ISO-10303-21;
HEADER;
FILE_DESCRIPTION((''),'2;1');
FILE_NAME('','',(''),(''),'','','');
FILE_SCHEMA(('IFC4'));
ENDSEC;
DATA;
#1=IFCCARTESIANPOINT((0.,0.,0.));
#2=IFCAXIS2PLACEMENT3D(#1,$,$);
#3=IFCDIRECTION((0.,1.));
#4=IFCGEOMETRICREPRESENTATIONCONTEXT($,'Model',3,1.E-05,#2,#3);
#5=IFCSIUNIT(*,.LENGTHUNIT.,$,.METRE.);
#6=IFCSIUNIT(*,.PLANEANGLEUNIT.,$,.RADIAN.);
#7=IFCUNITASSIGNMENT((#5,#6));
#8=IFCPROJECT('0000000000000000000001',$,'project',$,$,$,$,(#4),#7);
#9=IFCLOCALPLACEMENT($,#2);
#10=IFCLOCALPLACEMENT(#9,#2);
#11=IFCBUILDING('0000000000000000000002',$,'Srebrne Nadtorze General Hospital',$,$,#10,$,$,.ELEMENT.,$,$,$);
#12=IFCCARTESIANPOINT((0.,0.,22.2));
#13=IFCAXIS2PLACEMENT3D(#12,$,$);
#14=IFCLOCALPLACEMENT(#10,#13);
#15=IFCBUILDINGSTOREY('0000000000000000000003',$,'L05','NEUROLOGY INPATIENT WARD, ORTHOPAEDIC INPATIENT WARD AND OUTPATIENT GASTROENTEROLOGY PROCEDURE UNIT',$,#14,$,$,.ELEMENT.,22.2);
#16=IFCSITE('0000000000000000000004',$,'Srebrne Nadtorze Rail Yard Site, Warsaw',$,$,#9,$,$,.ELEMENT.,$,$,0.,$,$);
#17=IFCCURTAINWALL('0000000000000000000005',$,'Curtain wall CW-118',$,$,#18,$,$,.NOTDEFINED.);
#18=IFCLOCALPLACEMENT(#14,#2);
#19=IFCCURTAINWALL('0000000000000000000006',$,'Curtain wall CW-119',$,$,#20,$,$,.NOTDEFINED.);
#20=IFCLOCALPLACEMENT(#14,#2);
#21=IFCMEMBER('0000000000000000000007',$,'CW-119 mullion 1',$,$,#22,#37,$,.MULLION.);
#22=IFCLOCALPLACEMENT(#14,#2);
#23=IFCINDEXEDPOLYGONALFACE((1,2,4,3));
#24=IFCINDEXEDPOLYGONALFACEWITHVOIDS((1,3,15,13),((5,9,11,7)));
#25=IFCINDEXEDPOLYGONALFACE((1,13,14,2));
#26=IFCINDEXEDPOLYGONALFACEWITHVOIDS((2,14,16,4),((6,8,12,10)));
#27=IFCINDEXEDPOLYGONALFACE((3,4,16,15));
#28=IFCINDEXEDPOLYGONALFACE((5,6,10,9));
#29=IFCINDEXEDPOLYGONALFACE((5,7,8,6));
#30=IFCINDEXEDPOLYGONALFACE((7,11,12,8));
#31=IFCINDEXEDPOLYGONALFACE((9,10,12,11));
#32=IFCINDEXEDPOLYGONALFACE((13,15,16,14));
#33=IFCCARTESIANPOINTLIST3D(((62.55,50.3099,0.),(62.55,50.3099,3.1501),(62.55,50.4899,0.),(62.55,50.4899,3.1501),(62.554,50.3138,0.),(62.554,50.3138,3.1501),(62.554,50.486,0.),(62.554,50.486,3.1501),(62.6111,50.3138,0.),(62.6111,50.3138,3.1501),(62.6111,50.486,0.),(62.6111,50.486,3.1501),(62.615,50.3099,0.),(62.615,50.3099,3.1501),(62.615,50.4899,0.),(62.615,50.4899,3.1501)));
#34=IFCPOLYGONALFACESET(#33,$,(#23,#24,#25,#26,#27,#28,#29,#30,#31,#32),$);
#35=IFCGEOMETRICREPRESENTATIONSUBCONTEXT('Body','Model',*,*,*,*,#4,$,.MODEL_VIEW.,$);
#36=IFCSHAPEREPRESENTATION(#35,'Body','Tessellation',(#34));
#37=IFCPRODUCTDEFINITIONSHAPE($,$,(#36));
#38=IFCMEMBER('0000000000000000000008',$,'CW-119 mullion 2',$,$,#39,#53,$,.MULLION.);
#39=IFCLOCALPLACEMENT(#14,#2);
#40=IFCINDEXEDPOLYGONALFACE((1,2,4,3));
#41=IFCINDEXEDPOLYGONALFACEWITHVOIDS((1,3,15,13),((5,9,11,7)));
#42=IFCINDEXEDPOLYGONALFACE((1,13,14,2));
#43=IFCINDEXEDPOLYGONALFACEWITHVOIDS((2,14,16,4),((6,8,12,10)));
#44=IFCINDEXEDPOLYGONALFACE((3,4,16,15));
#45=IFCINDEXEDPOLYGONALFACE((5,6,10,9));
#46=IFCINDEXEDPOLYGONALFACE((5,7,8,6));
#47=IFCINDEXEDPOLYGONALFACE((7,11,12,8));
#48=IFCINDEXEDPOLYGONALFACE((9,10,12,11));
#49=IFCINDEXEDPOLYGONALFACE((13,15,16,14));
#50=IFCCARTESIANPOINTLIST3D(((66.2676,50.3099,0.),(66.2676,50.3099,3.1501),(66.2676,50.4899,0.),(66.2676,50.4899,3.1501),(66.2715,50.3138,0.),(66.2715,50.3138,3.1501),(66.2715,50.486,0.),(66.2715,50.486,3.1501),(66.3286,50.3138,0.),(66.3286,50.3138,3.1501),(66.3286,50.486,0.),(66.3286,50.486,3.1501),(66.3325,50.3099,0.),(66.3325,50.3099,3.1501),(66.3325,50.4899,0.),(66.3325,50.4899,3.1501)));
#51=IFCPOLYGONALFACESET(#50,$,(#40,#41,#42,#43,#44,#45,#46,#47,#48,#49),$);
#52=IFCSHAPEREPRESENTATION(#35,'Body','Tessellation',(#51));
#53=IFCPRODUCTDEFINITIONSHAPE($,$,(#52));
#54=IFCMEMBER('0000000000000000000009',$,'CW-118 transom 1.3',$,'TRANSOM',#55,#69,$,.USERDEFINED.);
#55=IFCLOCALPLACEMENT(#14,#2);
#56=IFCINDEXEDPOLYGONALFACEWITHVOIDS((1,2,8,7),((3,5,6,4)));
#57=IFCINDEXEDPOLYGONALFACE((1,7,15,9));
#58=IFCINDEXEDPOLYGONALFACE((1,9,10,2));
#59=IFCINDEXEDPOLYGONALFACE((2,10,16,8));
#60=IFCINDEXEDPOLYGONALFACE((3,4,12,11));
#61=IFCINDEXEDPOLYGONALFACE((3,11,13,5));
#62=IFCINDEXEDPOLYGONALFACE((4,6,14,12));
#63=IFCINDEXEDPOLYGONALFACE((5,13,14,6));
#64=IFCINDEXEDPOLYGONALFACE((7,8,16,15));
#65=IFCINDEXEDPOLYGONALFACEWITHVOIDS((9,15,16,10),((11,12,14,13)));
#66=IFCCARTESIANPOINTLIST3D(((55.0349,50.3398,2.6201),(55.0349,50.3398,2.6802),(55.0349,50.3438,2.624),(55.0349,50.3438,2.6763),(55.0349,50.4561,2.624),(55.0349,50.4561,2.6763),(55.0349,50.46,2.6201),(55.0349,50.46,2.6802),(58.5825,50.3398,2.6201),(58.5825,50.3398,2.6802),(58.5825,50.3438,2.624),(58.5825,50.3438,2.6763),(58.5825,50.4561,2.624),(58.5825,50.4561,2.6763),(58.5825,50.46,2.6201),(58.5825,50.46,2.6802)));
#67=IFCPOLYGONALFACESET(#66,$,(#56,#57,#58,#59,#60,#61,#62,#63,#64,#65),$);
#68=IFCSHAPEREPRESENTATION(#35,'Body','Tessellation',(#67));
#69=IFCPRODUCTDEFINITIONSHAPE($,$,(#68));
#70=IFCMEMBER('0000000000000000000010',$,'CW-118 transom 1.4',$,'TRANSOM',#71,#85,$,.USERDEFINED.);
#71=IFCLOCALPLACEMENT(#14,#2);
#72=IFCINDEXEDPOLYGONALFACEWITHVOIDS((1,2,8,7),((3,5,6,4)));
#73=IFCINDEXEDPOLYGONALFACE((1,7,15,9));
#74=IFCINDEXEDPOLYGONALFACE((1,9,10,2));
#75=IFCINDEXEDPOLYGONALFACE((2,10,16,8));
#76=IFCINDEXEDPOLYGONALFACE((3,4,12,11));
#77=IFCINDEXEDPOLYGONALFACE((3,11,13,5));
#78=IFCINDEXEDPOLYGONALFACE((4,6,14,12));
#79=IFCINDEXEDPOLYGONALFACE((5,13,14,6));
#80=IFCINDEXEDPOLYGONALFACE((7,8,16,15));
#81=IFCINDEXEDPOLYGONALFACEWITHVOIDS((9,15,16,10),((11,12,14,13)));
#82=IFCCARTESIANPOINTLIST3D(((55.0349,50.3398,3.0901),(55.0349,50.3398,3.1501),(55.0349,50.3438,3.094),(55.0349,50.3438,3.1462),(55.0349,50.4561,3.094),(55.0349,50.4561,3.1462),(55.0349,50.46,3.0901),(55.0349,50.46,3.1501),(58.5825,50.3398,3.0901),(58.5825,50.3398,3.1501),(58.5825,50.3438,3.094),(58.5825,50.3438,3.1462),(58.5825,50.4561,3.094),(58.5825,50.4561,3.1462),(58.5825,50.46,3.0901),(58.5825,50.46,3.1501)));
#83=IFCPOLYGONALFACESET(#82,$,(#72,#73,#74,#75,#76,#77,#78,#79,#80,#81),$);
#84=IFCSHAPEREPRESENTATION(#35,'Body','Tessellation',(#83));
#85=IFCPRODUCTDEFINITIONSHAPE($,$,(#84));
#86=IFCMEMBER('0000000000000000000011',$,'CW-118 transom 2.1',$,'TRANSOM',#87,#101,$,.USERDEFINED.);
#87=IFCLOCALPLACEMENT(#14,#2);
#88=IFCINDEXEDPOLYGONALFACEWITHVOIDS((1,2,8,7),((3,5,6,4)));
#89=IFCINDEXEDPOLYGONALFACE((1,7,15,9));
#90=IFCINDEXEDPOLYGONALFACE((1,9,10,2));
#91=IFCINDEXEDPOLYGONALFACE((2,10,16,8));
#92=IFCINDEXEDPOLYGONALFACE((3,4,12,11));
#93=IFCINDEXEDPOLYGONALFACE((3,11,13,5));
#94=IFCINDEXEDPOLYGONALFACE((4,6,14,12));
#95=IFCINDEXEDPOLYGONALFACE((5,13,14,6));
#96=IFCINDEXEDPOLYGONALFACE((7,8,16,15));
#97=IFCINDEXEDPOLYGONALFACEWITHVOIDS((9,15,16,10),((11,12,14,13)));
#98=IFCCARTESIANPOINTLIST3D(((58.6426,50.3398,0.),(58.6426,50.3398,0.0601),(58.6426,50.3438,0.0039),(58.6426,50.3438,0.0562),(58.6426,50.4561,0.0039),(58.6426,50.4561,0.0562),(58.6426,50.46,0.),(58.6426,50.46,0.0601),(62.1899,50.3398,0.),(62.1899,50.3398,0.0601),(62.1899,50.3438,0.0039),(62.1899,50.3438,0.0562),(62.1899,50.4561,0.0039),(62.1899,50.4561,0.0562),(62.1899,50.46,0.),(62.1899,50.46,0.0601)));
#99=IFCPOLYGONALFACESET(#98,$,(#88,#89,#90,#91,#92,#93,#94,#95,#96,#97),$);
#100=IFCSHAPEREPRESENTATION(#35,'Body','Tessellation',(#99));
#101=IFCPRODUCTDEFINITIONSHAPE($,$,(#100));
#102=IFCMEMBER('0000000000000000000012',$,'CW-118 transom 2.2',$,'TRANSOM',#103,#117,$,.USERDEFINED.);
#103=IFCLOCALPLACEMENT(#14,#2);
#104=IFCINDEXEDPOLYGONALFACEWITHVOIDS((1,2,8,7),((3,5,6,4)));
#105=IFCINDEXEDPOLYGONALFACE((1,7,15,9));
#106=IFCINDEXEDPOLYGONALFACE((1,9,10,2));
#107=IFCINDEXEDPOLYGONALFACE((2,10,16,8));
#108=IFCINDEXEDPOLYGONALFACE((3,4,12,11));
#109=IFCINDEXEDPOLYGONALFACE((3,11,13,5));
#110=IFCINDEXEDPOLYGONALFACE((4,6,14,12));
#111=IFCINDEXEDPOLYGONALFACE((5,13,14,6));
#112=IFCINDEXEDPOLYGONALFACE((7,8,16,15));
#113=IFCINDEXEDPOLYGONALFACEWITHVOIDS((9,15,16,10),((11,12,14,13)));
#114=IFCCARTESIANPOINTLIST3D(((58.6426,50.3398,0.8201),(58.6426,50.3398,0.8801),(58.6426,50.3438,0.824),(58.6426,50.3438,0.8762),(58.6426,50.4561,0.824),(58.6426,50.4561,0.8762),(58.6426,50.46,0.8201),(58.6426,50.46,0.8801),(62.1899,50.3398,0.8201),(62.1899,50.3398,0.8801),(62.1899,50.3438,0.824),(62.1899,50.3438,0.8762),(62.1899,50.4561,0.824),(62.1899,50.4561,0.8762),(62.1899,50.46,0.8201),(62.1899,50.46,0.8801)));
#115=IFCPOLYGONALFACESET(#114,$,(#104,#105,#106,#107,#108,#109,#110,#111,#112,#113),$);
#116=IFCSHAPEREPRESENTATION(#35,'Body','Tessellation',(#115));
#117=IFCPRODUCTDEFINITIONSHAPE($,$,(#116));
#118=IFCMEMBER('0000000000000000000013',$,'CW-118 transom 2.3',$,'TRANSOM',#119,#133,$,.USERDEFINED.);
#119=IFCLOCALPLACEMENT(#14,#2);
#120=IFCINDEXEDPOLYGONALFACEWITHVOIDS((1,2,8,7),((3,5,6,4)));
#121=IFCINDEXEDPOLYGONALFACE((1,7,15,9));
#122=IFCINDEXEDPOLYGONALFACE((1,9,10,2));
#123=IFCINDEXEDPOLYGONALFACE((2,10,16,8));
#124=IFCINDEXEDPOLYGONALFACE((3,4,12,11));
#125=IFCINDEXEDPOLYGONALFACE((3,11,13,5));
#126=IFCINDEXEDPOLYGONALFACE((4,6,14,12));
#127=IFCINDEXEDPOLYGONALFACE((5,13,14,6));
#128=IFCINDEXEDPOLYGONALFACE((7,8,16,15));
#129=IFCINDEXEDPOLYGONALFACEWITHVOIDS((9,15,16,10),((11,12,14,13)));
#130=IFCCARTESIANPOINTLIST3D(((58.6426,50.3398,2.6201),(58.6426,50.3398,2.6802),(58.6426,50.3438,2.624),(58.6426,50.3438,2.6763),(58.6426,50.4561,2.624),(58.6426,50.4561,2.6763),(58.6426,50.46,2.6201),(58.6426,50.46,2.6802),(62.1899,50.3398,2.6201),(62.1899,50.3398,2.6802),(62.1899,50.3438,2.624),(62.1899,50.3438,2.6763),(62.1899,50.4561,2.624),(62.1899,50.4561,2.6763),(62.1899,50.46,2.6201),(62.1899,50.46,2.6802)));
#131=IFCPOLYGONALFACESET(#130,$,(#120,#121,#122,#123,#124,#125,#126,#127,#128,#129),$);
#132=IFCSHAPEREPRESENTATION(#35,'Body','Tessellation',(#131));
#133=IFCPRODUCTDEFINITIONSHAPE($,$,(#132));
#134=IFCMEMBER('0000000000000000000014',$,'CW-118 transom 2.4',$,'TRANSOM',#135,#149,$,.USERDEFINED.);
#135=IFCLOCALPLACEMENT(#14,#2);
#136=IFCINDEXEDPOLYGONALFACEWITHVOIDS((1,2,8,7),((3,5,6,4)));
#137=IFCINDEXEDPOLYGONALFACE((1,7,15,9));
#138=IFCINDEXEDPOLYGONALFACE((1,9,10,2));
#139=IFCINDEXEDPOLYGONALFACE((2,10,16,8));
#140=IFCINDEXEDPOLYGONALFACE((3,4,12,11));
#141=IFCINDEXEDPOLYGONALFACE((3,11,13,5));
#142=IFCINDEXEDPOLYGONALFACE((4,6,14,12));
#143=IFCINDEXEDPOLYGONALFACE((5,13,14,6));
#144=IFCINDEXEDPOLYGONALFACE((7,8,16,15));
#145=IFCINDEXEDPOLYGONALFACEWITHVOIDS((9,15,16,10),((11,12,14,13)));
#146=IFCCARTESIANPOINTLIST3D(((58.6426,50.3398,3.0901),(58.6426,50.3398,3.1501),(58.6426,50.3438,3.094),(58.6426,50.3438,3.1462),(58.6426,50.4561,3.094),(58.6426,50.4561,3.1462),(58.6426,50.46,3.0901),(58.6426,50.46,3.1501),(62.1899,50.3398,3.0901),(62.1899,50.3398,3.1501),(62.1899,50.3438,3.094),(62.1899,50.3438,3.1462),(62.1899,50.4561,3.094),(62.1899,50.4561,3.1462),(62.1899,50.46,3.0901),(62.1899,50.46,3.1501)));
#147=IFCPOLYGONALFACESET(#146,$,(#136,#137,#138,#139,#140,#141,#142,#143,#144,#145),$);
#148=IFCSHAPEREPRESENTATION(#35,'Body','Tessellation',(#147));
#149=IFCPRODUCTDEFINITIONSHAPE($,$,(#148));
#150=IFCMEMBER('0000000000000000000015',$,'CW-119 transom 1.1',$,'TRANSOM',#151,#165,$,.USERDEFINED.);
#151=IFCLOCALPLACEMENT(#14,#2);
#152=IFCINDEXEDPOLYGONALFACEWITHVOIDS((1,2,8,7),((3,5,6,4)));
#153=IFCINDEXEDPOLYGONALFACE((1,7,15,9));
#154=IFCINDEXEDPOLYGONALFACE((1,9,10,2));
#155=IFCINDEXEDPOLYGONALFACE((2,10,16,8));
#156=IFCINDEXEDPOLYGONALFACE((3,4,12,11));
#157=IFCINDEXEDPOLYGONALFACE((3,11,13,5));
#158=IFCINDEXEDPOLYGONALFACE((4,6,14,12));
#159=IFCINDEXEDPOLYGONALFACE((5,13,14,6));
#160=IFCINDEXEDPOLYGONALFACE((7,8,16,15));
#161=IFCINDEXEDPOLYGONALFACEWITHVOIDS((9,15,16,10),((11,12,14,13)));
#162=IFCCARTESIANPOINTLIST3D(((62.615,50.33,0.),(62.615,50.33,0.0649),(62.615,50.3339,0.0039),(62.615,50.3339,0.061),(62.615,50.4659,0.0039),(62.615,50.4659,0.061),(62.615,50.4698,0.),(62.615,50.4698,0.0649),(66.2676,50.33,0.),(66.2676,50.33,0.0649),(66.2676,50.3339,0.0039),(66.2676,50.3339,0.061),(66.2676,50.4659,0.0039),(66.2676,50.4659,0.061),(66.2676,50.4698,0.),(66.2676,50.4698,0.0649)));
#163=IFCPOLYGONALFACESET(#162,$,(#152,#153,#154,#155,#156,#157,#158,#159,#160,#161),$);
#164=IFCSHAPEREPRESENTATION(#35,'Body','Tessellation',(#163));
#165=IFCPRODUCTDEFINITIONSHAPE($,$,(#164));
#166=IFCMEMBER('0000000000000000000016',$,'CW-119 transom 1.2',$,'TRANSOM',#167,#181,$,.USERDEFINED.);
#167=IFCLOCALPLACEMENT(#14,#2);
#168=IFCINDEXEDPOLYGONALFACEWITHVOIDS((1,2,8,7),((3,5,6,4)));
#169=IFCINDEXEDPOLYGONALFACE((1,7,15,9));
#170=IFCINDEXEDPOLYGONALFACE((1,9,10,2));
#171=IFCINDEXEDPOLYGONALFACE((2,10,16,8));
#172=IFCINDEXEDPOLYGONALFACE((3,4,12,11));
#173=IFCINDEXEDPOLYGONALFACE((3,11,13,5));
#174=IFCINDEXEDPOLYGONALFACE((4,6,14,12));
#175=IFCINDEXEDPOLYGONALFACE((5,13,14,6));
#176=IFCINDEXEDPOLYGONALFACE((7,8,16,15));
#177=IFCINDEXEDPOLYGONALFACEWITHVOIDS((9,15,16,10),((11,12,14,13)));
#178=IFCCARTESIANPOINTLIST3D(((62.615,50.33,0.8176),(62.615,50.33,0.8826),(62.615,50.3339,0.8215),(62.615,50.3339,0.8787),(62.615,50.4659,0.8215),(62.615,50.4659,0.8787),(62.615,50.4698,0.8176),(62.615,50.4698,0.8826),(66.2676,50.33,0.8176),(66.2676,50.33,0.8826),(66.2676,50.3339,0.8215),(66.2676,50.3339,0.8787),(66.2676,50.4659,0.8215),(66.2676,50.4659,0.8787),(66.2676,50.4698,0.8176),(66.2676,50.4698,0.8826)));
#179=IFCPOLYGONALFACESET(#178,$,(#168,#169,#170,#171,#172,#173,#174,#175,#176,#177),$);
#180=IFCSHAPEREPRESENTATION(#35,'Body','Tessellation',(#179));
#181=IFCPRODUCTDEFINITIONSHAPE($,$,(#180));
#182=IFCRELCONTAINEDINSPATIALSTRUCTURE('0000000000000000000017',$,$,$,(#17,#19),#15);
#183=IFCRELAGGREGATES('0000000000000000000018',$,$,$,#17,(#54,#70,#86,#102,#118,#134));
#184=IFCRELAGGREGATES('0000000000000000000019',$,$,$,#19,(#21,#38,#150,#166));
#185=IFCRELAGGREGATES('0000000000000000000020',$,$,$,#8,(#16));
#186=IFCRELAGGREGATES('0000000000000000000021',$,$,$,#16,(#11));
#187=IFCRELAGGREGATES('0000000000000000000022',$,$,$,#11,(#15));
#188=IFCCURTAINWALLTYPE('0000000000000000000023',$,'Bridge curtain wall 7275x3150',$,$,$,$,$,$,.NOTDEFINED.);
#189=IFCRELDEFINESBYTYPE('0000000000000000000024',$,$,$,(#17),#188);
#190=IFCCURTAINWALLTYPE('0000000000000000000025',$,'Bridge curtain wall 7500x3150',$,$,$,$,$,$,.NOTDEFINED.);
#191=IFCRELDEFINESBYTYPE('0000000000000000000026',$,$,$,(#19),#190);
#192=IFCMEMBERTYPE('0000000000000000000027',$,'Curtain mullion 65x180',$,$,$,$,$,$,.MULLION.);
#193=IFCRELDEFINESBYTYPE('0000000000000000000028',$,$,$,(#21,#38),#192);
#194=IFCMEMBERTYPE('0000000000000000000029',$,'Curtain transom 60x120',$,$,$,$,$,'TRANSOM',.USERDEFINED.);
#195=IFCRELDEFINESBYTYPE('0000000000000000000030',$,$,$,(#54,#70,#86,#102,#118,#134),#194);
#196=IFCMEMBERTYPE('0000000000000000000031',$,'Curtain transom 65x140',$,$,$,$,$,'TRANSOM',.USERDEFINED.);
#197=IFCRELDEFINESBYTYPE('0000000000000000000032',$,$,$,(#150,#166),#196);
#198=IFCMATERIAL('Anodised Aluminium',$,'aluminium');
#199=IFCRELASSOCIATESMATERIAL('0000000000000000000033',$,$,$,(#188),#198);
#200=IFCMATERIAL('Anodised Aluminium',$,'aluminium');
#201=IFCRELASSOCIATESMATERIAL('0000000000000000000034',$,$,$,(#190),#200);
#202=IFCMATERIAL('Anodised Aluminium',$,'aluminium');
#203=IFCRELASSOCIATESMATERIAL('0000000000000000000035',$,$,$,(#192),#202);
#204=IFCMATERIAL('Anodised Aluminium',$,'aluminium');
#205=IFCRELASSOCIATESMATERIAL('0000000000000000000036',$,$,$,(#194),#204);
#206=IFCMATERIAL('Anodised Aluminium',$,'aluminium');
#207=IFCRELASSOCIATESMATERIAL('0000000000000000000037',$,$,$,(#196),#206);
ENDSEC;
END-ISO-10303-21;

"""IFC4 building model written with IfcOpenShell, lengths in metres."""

from ifc_helpers import new_model, si_unit, direction, frame, origin, origin_2d, place, context, subcontext, project, spatial, hollow_rectangle, extrude, material, material_profile, profile_set, type_object, element, aggregate, save


model = new_model("IFC4")

# Units and contexts
model_context = context("Model", 3, precision=1e-05, world=origin(), true_north=direction((0.0, 1.0)))
body_context = subcontext(model_context, "Body", "Model", "MODEL_VIEW")
ifc_project = project(units=[si_unit("LENGTHUNIT", "METRE"), si_unit("PLANEANGLEUNIT", "RADIAN")], contexts=[model_context])

# Site, building, storey
site_placement = place(None, origin())
site = spatial("IfcSite", under=ifc_project, at=site_placement, Name="Srebrne Nadtorze Rail Yard Site, Warsaw", CompositionType="ELEMENT", RefElevation=0.0)
building_placement = place(site_placement, origin())
building = spatial("IfcBuilding", under=site, at=building_placement, Name="Srebrne Nadtorze General Hospital", CompositionType="ELEMENT")
storey_placement = place(building_placement, frame((0.0, 0.0, 22.2)))
storey = spatial("IfcBuildingStorey", under=building, at=storey_placement, Name="L05", Description="NEUROLOGY INPATIENT WARD, ORTHOPAEDIC INPATIENT WARD AND OUTPATIENT GASTROENTEROLOGY PROCEDURE UNIT", CompositionType="ELEMENT", Elevation=22.2)

# Curtain walls, members
ifc_material_1 = material(Name="Anodised Aluminium", Category="aluminium")
curtain_wall_type_1 = type_object("IfcCurtainWallType", Name="Bridge curtain wall 7275x3150", PredefinedType="NOTDEFINED", material=ifc_material_1)
curtain_wall_1_placement = place(storey_placement, origin())
curtain_wall_1 = element("IfcCurtainWall", 1, at=curtain_wall_1_placement, inside=storey, type_object=curtain_wall_type_1, Name="Curtain wall CW-118", PredefinedType="NOTDEFINED")
ifc_material_2 = material(Name="Anodised Aluminium", Category="aluminium")
curtain_wall_type_2 = type_object("IfcCurtainWallType", Name="Bridge curtain wall 7500x3150", PredefinedType="NOTDEFINED", material=ifc_material_2)
curtain_wall_2_placement = place(storey_placement, origin())
curtain_wall_2 = element("IfcCurtainWall", 2, at=curtain_wall_2_placement, inside=storey, type_object=curtain_wall_type_2, Name="Curtain wall CW-119", PredefinedType="NOTDEFINED")
ifc_material_3 = material(Name="Anodised Aluminium", Category="aluminium")
ifc_material_profile_1 = material_profile(ifc_material_3, hollow_rectangle(XDim=0.0649, YDim=0.1799, WallThickness=0.0039, at=origin_2d()), Name="AL-MUL-65x180")
ifc_profile_set_1 = profile_set([ifc_material_profile_1], Name="Anodised Aluminium")
member_type_1 = type_object("IfcMemberType", Name="Curtain mullion 65x180", PredefinedType="MULLION", material=ifc_profile_set_1)
member_1_placement = place(storey_placement, frame((62.5825, 50.3999, 0.0), z_axis=(0.0, 0.0, 1.0), x_axis=(1.0, 0.0, 0.0)))
member_1 = element("IfcMember", 3, at=member_1_placement, type_object=member_type_1, Name="CW-119 mullion 1", PredefinedType="MULLION", context=body_context, shape_type="SweptSolid", body=[
    extrude(hollow_rectangle(XDim=0.0649, YDim=0.1799, WallThickness=0.0039, at=origin_2d()), origin(), (0.0, 0.0, 1.0), 3.1501),
])
member_2_placement = place(storey_placement, frame((66.3, 50.3999, 0.0), z_axis=(0.0, 0.0, 1.0), x_axis=(1.0, 0.0, 0.0)))
member_2 = element("IfcMember", 4, at=member_2_placement, type_object=member_type_1, Name="CW-119 mullion 2", PredefinedType="MULLION", context=body_context, shape_type="SweptSolid", body=[
    extrude(hollow_rectangle(XDim=0.0649, YDim=0.1799, WallThickness=0.0039, at=origin_2d()), origin(), (0.0, 0.0, 1.0), 3.1501),
])

# Members
ifc_material_4 = material(Name="Anodised Aluminium", Category="aluminium")
ifc_material_profile_2 = material_profile(ifc_material_4, hollow_rectangle(XDim=0.0601, YDim=0.1201, WallThickness=0.0039, at=origin_2d()), Name="AL-TRN-60x120")
ifc_profile_set_2 = profile_set([ifc_material_profile_2], Name="Anodised Aluminium")
member_type_2 = type_object("IfcMemberType", Name="Curtain transom 60x120", ElementType="TRANSOM", PredefinedType="USERDEFINED", material=ifc_profile_set_2)
member_3_placement = place(storey_placement, frame((55.0349, 50.3999, 2.6501), z_axis=(1.0, 0.0, 0.0), x_axis=(0.0, 0.0, 1.0)))
member_3 = element("IfcMember", 5, at=member_3_placement, type_object=member_type_2, Name="CW-118 transom 1.3", ObjectType="TRANSOM", PredefinedType="USERDEFINED", context=body_context, shape_type="SweptSolid", body=[
    extrude(hollow_rectangle(XDim=0.0601, YDim=0.1201, WallThickness=0.0039, at=origin_2d()), origin(), (0.0, 0.0, 1.0), 3.5476),
])
member_4_placement = place(storey_placement, frame((55.0349, 50.3999, 3.1201), z_axis=(1.0, 0.0, 0.0), x_axis=(0.0, 0.0, 1.0)))
member_4 = element("IfcMember", 6, at=member_4_placement, type_object=member_type_2, Name="CW-118 transom 1.4", ObjectType="TRANSOM", PredefinedType="USERDEFINED", context=body_context, shape_type="SweptSolid", body=[
    extrude(hollow_rectangle(XDim=0.0601, YDim=0.1201, WallThickness=0.0039, at=origin_2d()), origin(), (0.0, 0.0, 1.0), 3.5476),
])
member_5_placement = place(storey_placement, frame((58.6426, 50.3999, 0.03), z_axis=(1.0, 0.0, 0.0), x_axis=(0.0, 0.0, 1.0)))
member_5 = element("IfcMember", 7, at=member_5_placement, type_object=member_type_2, Name="CW-118 transom 2.1", ObjectType="TRANSOM", PredefinedType="USERDEFINED", context=body_context, shape_type="SweptSolid", body=[
    extrude(hollow_rectangle(XDim=0.0601, YDim=0.1201, WallThickness=0.0039, at=origin_2d()), origin(), (0.0, 0.0, 1.0), 3.5474),
])
member_6_placement = place(storey_placement, frame((58.6426, 50.3999, 0.8501), z_axis=(1.0, 0.0, 0.0), x_axis=(0.0, 0.0, 1.0)))
member_6 = element("IfcMember", 8, at=member_6_placement, type_object=member_type_2, Name="CW-118 transom 2.2", ObjectType="TRANSOM", PredefinedType="USERDEFINED", context=body_context, shape_type="SweptSolid", body=[
    extrude(hollow_rectangle(XDim=0.0601, YDim=0.1201, WallThickness=0.0039, at=origin_2d()), origin(), (0.0, 0.0, 1.0), 3.5474),
])
member_7_placement = place(storey_placement, frame((58.6426, 50.3999, 2.6501), z_axis=(1.0, 0.0, 0.0), x_axis=(0.0, 0.0, 1.0)))
member_7 = element("IfcMember", 9, at=member_7_placement, type_object=member_type_2, Name="CW-118 transom 2.3", ObjectType="TRANSOM", PredefinedType="USERDEFINED", context=body_context, shape_type="SweptSolid", body=[
    extrude(hollow_rectangle(XDim=0.0601, YDim=0.1201, WallThickness=0.0039, at=origin_2d()), origin(), (0.0, 0.0, 1.0), 3.5474),
])
member_8_placement = place(storey_placement, frame((58.6426, 50.3999, 3.1201), z_axis=(1.0, 0.0, 0.0), x_axis=(0.0, 0.0, 1.0)))
member_8 = element("IfcMember", 10, at=member_8_placement, type_object=member_type_2, Name="CW-118 transom 2.4", ObjectType="TRANSOM", PredefinedType="USERDEFINED", context=body_context, shape_type="SweptSolid", body=[
    extrude(hollow_rectangle(XDim=0.0601, YDim=0.1201, WallThickness=0.0039, at=origin_2d()), origin(), (0.0, 0.0, 1.0), 3.5474),
])
ifc_material_5 = material(Name="Anodised Aluminium", Category="aluminium")
ifc_material_profile_3 = material_profile(ifc_material_5, hollow_rectangle(XDim=0.0649, YDim=0.1399, WallThickness=0.0039, at=origin_2d()), Name="AL-TRN-65x140")
ifc_profile_set_3 = profile_set([ifc_material_profile_3], Name="Anodised Aluminium")
member_type_3 = type_object("IfcMemberType", Name="Curtain transom 65x140", ElementType="TRANSOM", PredefinedType="USERDEFINED", material=ifc_profile_set_3)
member_9_placement = place(storey_placement, frame((62.615, 50.3999, 0.0325), z_axis=(1.0, 0.0, 0.0), x_axis=(0.0, 0.0, 1.0)))
member_9 = element("IfcMember", 11, at=member_9_placement, type_object=member_type_3, Name="CW-119 transom 1.1", ObjectType="TRANSOM", PredefinedType="USERDEFINED", context=body_context, shape_type="SweptSolid", body=[
    extrude(hollow_rectangle(XDim=0.0649, YDim=0.1399, WallThickness=0.0039, at=origin_2d()), origin(), (0.0, 0.0, 1.0), 3.6526),
])
member_10_placement = place(storey_placement, frame((62.615, 50.3999, 0.8501), z_axis=(1.0, 0.0, 0.0), x_axis=(0.0, 0.0, 1.0)))
member_10 = element("IfcMember", 12, at=member_10_placement, type_object=member_type_3, Name="CW-119 transom 1.2", ObjectType="TRANSOM", PredefinedType="USERDEFINED", context=body_context, shape_type="SweptSolid", body=[
    extrude(hollow_rectangle(XDim=0.0649, YDim=0.1399, WallThickness=0.0039, at=origin_2d()), origin(), (0.0, 0.0, 1.0), 3.6526),
])

aggregate(curtain_wall_1, [member_3, member_4, member_5, member_6, member_7, member_8])
aggregate(curtain_wall_2, [member_1, member_2, member_9, member_10])

save(model, "model.ifc")
